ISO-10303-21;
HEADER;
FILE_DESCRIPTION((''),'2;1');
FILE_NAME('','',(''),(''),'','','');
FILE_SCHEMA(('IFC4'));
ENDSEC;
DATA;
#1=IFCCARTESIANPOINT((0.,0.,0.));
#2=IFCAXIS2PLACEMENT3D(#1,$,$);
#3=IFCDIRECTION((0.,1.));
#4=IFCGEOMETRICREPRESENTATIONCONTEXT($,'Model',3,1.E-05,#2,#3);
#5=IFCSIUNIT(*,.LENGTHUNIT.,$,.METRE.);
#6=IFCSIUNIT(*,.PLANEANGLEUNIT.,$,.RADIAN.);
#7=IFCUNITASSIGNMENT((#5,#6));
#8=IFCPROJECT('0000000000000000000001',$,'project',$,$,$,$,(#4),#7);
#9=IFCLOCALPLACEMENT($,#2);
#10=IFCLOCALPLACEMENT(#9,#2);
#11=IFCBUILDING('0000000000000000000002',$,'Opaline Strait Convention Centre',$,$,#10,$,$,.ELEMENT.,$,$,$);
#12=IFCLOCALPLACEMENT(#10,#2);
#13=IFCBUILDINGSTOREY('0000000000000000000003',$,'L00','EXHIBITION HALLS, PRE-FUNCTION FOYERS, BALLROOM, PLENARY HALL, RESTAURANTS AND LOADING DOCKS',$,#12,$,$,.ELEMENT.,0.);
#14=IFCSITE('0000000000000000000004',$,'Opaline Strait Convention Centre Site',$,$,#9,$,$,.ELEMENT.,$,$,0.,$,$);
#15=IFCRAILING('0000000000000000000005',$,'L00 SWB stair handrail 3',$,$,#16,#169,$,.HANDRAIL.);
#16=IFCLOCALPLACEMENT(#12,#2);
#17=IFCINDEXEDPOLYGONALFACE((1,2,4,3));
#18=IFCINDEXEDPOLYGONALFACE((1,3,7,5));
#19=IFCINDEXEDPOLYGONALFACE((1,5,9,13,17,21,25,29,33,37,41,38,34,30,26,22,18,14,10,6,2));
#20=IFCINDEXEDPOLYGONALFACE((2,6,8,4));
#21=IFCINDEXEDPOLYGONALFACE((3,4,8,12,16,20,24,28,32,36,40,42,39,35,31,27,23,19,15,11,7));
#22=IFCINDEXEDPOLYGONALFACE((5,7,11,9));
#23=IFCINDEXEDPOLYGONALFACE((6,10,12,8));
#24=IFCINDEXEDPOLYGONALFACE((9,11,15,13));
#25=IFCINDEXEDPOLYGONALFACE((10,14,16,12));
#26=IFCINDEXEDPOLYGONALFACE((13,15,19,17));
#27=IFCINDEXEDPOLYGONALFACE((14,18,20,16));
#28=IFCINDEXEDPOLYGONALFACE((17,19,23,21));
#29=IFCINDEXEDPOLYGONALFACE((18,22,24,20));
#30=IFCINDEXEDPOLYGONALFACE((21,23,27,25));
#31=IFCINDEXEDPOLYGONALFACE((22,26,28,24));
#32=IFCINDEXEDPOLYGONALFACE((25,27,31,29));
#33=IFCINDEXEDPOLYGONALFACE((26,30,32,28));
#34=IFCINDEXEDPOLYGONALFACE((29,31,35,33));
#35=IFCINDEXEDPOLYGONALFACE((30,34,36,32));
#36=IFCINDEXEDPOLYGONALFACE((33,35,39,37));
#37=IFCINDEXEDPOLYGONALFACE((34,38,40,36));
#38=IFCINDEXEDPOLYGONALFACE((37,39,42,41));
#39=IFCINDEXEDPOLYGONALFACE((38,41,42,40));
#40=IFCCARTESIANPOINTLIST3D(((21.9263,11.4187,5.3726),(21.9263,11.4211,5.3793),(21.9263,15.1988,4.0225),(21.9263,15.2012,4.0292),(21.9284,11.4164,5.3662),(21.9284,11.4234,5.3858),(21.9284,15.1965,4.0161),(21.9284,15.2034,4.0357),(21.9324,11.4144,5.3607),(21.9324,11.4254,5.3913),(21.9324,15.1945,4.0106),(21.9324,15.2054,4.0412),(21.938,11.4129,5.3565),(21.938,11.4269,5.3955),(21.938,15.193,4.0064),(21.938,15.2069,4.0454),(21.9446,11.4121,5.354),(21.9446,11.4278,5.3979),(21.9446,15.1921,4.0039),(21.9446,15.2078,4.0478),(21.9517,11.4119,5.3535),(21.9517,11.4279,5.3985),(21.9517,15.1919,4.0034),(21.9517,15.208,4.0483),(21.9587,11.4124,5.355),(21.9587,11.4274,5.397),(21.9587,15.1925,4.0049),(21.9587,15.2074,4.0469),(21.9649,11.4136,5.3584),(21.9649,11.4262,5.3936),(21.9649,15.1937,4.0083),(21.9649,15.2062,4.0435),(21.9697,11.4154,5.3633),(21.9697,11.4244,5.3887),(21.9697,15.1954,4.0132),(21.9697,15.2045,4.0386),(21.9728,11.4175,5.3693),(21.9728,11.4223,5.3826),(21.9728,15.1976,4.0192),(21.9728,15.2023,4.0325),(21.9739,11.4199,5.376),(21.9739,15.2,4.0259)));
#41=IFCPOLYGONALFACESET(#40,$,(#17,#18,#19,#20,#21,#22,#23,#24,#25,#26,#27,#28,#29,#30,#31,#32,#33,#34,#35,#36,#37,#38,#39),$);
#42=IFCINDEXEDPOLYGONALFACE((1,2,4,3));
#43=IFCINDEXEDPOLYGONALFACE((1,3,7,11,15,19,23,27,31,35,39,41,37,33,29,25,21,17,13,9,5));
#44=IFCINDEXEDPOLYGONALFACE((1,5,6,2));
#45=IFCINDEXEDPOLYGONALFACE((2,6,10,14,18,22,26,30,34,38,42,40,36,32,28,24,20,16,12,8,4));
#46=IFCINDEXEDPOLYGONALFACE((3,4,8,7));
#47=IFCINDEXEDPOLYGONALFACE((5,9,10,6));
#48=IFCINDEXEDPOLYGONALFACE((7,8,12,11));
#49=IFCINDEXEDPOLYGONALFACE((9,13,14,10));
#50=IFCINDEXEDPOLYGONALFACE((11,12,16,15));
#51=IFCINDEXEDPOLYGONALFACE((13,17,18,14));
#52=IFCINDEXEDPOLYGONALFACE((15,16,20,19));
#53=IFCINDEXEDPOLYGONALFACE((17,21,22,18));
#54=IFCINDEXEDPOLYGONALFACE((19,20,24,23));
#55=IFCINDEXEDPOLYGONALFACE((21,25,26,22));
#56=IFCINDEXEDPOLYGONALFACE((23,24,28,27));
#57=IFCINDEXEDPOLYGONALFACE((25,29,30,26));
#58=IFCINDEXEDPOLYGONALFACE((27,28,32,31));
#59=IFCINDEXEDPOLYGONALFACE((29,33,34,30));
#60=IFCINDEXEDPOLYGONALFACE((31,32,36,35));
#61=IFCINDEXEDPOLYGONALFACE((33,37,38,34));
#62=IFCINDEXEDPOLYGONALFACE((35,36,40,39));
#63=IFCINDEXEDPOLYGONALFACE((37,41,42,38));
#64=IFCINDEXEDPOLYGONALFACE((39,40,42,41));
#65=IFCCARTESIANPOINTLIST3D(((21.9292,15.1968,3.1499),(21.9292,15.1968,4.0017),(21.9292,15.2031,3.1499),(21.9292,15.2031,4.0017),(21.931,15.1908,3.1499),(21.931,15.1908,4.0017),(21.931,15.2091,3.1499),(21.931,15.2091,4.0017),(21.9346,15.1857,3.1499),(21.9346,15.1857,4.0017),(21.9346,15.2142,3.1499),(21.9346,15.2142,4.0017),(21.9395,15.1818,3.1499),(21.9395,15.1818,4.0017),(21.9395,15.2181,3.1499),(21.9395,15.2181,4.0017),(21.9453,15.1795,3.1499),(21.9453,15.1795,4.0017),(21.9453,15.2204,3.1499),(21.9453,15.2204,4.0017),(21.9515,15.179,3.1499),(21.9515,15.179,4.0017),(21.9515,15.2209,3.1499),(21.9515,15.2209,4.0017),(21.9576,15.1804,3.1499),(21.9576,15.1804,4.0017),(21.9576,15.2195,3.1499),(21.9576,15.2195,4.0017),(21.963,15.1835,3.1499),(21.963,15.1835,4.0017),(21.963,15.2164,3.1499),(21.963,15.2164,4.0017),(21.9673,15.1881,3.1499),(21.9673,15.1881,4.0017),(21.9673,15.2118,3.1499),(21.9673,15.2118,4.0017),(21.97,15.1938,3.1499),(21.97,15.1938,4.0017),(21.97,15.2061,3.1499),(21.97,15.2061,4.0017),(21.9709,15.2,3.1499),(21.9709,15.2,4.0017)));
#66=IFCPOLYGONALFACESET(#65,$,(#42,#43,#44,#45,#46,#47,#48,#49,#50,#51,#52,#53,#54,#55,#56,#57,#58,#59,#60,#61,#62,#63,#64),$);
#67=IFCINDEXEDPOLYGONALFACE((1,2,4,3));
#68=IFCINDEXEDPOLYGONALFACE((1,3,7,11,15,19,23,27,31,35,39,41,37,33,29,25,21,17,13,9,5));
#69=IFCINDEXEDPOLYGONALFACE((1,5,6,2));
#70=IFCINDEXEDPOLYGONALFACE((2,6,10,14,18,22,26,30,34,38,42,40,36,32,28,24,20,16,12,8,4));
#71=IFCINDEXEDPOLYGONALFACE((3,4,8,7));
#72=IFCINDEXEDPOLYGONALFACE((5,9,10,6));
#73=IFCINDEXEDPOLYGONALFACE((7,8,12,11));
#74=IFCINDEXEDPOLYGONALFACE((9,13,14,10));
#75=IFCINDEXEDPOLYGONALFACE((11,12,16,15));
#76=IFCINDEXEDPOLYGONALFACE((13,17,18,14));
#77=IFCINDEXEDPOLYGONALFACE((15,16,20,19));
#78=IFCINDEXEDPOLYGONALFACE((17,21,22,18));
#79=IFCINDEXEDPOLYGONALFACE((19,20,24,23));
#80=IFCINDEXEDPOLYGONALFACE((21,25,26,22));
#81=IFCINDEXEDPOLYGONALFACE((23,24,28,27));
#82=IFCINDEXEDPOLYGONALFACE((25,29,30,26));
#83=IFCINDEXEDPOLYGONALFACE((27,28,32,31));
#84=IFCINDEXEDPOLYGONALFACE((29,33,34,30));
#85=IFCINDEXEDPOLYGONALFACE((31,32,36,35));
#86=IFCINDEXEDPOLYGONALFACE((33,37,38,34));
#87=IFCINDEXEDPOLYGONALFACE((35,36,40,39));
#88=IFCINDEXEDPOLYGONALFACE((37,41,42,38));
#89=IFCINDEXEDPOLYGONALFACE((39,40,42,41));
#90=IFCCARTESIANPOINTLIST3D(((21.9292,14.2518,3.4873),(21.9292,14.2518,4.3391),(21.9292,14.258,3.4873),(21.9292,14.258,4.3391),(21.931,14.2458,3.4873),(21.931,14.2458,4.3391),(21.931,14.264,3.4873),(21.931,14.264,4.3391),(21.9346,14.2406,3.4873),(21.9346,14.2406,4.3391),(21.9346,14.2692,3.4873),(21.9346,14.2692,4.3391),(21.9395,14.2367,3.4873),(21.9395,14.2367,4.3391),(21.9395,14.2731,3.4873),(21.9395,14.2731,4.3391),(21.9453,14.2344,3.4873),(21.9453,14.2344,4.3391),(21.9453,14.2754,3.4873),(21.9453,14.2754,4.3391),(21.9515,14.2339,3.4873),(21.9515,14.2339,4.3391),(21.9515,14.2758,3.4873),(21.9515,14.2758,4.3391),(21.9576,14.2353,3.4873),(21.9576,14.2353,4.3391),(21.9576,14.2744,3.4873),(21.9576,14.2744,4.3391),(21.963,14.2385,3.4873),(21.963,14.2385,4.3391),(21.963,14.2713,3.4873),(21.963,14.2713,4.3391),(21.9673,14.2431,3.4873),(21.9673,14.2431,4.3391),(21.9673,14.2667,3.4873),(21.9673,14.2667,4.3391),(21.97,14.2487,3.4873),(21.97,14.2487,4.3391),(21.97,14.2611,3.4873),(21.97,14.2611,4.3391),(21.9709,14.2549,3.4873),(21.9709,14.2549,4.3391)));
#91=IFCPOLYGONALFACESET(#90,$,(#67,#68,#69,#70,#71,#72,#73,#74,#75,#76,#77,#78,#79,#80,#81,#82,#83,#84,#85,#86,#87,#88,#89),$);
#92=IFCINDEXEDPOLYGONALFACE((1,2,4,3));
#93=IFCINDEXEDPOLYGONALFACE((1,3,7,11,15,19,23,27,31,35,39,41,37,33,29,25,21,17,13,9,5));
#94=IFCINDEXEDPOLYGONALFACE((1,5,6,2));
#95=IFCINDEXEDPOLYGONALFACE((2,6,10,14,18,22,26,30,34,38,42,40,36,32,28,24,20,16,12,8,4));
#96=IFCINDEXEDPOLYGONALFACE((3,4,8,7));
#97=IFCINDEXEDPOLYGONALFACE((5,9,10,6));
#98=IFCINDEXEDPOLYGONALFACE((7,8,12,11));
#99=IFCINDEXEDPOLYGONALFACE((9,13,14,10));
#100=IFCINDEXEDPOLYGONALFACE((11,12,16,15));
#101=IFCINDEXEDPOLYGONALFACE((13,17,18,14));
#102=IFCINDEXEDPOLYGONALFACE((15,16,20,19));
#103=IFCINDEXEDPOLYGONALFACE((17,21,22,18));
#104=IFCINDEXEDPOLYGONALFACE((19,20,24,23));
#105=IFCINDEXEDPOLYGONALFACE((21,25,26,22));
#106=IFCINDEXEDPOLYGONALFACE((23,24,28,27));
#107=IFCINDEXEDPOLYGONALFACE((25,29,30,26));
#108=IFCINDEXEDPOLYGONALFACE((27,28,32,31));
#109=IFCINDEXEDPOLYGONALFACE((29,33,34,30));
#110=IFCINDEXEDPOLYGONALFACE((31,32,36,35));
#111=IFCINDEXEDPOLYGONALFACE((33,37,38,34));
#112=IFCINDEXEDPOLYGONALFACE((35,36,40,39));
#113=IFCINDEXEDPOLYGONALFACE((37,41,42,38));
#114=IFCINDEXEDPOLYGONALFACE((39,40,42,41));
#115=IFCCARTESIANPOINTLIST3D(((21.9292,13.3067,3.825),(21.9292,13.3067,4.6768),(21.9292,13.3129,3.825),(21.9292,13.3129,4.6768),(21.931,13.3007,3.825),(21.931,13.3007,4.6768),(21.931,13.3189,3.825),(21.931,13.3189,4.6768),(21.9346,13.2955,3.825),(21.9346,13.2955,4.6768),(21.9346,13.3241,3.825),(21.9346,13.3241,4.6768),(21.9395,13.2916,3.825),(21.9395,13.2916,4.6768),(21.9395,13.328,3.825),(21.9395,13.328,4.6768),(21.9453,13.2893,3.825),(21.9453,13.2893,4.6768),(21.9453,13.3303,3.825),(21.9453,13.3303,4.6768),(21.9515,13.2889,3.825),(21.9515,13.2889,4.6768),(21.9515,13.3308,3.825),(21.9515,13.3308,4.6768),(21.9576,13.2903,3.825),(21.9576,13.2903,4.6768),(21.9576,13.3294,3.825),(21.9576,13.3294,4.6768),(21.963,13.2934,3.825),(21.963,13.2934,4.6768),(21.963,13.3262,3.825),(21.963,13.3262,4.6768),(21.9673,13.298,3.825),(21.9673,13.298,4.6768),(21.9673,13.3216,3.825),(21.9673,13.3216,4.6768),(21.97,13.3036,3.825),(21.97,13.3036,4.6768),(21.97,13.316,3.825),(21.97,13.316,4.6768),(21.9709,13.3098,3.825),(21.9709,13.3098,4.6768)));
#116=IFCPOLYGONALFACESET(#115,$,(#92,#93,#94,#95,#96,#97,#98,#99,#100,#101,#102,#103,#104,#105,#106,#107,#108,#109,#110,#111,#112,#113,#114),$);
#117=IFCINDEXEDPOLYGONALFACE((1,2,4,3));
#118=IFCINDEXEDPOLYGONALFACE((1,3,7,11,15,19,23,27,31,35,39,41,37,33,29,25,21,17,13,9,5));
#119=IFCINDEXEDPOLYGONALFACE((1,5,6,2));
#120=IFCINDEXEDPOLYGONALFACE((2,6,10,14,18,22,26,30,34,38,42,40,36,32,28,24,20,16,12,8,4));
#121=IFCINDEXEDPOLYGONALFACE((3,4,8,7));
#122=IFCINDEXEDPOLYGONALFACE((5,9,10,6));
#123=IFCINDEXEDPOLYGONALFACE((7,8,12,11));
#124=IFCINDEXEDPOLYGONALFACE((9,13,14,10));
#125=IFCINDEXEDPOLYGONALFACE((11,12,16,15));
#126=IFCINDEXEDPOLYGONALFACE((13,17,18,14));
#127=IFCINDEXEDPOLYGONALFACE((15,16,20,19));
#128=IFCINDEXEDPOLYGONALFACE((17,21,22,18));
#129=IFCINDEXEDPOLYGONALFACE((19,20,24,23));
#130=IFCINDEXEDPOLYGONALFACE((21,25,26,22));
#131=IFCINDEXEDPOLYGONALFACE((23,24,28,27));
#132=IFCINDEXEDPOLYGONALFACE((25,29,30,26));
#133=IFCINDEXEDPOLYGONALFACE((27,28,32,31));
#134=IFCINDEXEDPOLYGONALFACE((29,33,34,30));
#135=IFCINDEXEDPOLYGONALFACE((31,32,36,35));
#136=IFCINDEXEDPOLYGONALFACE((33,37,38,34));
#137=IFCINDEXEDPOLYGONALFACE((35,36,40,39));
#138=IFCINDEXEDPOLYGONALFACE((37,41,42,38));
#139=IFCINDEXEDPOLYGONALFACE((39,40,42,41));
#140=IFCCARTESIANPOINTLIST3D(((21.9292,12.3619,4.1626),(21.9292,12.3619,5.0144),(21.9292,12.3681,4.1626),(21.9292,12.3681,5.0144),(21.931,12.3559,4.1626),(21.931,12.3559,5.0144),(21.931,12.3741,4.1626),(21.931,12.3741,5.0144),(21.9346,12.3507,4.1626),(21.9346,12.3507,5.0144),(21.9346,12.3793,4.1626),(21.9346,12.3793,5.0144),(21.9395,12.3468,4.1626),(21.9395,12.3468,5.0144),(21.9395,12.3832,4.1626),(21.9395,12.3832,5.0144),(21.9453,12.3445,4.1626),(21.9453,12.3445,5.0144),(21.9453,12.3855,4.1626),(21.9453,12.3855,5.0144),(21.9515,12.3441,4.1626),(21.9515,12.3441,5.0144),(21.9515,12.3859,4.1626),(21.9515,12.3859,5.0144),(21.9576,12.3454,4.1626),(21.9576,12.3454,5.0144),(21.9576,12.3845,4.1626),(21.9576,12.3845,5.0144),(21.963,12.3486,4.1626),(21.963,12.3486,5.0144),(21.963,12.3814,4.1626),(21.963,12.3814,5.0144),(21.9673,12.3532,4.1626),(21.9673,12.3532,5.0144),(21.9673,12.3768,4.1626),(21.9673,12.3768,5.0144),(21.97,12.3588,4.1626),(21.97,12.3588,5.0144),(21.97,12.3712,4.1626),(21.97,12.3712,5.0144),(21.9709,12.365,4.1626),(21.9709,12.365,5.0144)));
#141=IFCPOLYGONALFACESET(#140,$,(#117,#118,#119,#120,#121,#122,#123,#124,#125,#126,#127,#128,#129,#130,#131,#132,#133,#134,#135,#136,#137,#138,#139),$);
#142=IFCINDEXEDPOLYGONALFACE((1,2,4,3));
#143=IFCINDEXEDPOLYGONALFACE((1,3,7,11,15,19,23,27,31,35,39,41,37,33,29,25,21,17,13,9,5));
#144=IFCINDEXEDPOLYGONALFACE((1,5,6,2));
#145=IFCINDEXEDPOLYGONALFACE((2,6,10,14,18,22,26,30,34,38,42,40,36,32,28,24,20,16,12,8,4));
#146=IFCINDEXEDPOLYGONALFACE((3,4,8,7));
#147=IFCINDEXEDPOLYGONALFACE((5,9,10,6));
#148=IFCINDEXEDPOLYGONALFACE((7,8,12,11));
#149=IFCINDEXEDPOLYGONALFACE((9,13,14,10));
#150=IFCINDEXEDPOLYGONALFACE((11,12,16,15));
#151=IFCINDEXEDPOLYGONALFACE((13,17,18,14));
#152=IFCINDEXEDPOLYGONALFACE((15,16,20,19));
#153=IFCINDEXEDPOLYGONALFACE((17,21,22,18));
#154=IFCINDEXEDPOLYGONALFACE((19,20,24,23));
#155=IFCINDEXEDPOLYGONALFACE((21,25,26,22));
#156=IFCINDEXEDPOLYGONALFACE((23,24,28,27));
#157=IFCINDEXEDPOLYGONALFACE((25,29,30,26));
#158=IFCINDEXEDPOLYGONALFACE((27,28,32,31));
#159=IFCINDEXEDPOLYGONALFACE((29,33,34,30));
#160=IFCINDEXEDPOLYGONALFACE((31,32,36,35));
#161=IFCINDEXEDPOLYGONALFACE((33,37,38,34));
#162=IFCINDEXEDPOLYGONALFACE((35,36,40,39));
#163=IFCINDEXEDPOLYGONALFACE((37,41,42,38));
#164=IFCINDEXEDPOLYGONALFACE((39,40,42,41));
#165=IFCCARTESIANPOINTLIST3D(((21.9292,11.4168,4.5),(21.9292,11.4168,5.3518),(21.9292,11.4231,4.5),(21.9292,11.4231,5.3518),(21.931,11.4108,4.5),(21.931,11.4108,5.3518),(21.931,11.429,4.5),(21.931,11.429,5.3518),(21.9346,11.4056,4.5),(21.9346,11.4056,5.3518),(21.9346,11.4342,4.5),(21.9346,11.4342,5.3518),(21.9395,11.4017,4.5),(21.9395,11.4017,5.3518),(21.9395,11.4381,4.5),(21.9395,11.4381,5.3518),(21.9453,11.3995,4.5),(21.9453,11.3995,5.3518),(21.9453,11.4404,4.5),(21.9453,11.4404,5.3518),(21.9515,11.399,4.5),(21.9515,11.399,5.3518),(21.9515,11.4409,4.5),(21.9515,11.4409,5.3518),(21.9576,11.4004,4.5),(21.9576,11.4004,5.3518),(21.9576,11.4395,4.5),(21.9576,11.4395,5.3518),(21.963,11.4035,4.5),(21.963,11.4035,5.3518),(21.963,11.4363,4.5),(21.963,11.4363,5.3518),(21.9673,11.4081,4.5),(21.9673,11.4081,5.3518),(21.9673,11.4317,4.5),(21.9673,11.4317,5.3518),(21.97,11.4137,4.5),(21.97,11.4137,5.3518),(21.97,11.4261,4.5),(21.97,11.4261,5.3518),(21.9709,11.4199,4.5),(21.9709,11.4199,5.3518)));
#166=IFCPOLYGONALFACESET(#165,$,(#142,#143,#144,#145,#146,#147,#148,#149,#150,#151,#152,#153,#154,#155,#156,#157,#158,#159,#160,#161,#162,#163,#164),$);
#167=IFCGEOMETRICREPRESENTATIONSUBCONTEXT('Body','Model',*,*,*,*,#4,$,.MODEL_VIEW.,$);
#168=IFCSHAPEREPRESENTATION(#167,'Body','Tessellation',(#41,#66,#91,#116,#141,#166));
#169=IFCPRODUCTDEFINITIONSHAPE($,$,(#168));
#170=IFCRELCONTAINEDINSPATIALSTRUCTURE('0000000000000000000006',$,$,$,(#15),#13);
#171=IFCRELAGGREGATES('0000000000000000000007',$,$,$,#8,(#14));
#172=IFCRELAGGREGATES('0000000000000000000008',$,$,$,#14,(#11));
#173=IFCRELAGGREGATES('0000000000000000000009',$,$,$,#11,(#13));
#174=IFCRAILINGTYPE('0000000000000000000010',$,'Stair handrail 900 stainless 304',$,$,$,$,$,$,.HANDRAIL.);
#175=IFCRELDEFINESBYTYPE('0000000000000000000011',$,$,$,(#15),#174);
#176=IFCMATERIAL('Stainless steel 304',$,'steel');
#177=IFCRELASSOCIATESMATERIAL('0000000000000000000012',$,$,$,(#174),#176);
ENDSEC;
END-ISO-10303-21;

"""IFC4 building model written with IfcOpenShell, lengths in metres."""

from ifc_helpers import new_model, si_unit, direction, frame, origin, origin_2d, place, context, subcontext, project, spatial, circle, extrude, material, type_object, element, save


model = new_model("IFC4")

# Units and contexts
model_context = context("Model", 3, precision=1e-05, world=origin(), true_north=direction((0.0, 1.0)))
body_context = subcontext(model_context, "Body", "Model", "MODEL_VIEW")
ifc_project = project(units=[si_unit("LENGTHUNIT", "METRE"), si_unit("PLANEANGLEUNIT", "RADIAN")], contexts=[model_context])

# Site, building, storey
site_placement = place(None, origin())
site = spatial("IfcSite", under=ifc_project, at=site_placement, Name="Opaline Strait Convention Centre Site", CompositionType="ELEMENT", RefElevation=0.0)
building_placement = place(site_placement, origin())
building = spatial("IfcBuilding", under=site, at=building_placement, Name="Opaline Strait Convention Centre", CompositionType="ELEMENT")
storey_placement = place(building_placement, origin())
storey = spatial("IfcBuildingStorey", under=building, at=storey_placement, Name="L00", Description="EXHIBITION HALLS, PRE-FUNCTION FOYERS, BALLROOM, PLENARY HALL, RESTAURANTS AND LOADING DOCKS", CompositionType="ELEMENT", Elevation=0.0)

# Railing
ifc_material_1 = material(Name="Stainless steel 304", Category="steel")
railing_type_1 = type_object("IfcRailingType", Name="Stair handrail 900 stainless 304", PredefinedType="HANDRAIL", material=ifc_material_1)
for number, where, name in (
    (1, (21.95, 15.2, 3.1499), "L00 SWB stair handrail 3"),
):
    element("IfcRailing", number, at=place(storey_placement, frame(where)), inside=storey, type_object=railing_type_1, Name=name, PredefinedType="HANDRAIL", context=body_context, shape_type="SweptSolid", body=[
        extrude(circle(Radius=0.0239, at=origin_2d()), frame((0.0, 0.0, 0.876), z_axis=(0.0, -0.941735, 0.336356), x_axis=(1.0, 0.0, 0.0)), (0.0, 0.0, 1.0), 4.0139),
        extrude(circle(Radius=0.021, at=origin_2d()), origin(), (0.0, 0.0, 1.0), 0.8518),
        extrude(circle(Radius=0.021, at=origin_2d()), frame((0.0, -0.9451, 0.3374)), (0.0, 0.0, 1.0), 0.8518),
        extrude(circle(Radius=0.021, at=origin_2d()), frame((0.0, -1.8901, 0.675)), (0.0, 0.0, 1.0), 0.8518),
        extrude(circle(Radius=0.021, at=origin_2d()), frame((0.0, -2.835, 1.0127)), (0.0, 0.0, 1.0), 0.8518),
        extrude(circle(Radius=0.021, at=origin_2d()), frame((0.0, -3.78, 1.3501)), (0.0, 0.0, 1.0), 0.8518),
    ])

save(model, "model.ifc")
